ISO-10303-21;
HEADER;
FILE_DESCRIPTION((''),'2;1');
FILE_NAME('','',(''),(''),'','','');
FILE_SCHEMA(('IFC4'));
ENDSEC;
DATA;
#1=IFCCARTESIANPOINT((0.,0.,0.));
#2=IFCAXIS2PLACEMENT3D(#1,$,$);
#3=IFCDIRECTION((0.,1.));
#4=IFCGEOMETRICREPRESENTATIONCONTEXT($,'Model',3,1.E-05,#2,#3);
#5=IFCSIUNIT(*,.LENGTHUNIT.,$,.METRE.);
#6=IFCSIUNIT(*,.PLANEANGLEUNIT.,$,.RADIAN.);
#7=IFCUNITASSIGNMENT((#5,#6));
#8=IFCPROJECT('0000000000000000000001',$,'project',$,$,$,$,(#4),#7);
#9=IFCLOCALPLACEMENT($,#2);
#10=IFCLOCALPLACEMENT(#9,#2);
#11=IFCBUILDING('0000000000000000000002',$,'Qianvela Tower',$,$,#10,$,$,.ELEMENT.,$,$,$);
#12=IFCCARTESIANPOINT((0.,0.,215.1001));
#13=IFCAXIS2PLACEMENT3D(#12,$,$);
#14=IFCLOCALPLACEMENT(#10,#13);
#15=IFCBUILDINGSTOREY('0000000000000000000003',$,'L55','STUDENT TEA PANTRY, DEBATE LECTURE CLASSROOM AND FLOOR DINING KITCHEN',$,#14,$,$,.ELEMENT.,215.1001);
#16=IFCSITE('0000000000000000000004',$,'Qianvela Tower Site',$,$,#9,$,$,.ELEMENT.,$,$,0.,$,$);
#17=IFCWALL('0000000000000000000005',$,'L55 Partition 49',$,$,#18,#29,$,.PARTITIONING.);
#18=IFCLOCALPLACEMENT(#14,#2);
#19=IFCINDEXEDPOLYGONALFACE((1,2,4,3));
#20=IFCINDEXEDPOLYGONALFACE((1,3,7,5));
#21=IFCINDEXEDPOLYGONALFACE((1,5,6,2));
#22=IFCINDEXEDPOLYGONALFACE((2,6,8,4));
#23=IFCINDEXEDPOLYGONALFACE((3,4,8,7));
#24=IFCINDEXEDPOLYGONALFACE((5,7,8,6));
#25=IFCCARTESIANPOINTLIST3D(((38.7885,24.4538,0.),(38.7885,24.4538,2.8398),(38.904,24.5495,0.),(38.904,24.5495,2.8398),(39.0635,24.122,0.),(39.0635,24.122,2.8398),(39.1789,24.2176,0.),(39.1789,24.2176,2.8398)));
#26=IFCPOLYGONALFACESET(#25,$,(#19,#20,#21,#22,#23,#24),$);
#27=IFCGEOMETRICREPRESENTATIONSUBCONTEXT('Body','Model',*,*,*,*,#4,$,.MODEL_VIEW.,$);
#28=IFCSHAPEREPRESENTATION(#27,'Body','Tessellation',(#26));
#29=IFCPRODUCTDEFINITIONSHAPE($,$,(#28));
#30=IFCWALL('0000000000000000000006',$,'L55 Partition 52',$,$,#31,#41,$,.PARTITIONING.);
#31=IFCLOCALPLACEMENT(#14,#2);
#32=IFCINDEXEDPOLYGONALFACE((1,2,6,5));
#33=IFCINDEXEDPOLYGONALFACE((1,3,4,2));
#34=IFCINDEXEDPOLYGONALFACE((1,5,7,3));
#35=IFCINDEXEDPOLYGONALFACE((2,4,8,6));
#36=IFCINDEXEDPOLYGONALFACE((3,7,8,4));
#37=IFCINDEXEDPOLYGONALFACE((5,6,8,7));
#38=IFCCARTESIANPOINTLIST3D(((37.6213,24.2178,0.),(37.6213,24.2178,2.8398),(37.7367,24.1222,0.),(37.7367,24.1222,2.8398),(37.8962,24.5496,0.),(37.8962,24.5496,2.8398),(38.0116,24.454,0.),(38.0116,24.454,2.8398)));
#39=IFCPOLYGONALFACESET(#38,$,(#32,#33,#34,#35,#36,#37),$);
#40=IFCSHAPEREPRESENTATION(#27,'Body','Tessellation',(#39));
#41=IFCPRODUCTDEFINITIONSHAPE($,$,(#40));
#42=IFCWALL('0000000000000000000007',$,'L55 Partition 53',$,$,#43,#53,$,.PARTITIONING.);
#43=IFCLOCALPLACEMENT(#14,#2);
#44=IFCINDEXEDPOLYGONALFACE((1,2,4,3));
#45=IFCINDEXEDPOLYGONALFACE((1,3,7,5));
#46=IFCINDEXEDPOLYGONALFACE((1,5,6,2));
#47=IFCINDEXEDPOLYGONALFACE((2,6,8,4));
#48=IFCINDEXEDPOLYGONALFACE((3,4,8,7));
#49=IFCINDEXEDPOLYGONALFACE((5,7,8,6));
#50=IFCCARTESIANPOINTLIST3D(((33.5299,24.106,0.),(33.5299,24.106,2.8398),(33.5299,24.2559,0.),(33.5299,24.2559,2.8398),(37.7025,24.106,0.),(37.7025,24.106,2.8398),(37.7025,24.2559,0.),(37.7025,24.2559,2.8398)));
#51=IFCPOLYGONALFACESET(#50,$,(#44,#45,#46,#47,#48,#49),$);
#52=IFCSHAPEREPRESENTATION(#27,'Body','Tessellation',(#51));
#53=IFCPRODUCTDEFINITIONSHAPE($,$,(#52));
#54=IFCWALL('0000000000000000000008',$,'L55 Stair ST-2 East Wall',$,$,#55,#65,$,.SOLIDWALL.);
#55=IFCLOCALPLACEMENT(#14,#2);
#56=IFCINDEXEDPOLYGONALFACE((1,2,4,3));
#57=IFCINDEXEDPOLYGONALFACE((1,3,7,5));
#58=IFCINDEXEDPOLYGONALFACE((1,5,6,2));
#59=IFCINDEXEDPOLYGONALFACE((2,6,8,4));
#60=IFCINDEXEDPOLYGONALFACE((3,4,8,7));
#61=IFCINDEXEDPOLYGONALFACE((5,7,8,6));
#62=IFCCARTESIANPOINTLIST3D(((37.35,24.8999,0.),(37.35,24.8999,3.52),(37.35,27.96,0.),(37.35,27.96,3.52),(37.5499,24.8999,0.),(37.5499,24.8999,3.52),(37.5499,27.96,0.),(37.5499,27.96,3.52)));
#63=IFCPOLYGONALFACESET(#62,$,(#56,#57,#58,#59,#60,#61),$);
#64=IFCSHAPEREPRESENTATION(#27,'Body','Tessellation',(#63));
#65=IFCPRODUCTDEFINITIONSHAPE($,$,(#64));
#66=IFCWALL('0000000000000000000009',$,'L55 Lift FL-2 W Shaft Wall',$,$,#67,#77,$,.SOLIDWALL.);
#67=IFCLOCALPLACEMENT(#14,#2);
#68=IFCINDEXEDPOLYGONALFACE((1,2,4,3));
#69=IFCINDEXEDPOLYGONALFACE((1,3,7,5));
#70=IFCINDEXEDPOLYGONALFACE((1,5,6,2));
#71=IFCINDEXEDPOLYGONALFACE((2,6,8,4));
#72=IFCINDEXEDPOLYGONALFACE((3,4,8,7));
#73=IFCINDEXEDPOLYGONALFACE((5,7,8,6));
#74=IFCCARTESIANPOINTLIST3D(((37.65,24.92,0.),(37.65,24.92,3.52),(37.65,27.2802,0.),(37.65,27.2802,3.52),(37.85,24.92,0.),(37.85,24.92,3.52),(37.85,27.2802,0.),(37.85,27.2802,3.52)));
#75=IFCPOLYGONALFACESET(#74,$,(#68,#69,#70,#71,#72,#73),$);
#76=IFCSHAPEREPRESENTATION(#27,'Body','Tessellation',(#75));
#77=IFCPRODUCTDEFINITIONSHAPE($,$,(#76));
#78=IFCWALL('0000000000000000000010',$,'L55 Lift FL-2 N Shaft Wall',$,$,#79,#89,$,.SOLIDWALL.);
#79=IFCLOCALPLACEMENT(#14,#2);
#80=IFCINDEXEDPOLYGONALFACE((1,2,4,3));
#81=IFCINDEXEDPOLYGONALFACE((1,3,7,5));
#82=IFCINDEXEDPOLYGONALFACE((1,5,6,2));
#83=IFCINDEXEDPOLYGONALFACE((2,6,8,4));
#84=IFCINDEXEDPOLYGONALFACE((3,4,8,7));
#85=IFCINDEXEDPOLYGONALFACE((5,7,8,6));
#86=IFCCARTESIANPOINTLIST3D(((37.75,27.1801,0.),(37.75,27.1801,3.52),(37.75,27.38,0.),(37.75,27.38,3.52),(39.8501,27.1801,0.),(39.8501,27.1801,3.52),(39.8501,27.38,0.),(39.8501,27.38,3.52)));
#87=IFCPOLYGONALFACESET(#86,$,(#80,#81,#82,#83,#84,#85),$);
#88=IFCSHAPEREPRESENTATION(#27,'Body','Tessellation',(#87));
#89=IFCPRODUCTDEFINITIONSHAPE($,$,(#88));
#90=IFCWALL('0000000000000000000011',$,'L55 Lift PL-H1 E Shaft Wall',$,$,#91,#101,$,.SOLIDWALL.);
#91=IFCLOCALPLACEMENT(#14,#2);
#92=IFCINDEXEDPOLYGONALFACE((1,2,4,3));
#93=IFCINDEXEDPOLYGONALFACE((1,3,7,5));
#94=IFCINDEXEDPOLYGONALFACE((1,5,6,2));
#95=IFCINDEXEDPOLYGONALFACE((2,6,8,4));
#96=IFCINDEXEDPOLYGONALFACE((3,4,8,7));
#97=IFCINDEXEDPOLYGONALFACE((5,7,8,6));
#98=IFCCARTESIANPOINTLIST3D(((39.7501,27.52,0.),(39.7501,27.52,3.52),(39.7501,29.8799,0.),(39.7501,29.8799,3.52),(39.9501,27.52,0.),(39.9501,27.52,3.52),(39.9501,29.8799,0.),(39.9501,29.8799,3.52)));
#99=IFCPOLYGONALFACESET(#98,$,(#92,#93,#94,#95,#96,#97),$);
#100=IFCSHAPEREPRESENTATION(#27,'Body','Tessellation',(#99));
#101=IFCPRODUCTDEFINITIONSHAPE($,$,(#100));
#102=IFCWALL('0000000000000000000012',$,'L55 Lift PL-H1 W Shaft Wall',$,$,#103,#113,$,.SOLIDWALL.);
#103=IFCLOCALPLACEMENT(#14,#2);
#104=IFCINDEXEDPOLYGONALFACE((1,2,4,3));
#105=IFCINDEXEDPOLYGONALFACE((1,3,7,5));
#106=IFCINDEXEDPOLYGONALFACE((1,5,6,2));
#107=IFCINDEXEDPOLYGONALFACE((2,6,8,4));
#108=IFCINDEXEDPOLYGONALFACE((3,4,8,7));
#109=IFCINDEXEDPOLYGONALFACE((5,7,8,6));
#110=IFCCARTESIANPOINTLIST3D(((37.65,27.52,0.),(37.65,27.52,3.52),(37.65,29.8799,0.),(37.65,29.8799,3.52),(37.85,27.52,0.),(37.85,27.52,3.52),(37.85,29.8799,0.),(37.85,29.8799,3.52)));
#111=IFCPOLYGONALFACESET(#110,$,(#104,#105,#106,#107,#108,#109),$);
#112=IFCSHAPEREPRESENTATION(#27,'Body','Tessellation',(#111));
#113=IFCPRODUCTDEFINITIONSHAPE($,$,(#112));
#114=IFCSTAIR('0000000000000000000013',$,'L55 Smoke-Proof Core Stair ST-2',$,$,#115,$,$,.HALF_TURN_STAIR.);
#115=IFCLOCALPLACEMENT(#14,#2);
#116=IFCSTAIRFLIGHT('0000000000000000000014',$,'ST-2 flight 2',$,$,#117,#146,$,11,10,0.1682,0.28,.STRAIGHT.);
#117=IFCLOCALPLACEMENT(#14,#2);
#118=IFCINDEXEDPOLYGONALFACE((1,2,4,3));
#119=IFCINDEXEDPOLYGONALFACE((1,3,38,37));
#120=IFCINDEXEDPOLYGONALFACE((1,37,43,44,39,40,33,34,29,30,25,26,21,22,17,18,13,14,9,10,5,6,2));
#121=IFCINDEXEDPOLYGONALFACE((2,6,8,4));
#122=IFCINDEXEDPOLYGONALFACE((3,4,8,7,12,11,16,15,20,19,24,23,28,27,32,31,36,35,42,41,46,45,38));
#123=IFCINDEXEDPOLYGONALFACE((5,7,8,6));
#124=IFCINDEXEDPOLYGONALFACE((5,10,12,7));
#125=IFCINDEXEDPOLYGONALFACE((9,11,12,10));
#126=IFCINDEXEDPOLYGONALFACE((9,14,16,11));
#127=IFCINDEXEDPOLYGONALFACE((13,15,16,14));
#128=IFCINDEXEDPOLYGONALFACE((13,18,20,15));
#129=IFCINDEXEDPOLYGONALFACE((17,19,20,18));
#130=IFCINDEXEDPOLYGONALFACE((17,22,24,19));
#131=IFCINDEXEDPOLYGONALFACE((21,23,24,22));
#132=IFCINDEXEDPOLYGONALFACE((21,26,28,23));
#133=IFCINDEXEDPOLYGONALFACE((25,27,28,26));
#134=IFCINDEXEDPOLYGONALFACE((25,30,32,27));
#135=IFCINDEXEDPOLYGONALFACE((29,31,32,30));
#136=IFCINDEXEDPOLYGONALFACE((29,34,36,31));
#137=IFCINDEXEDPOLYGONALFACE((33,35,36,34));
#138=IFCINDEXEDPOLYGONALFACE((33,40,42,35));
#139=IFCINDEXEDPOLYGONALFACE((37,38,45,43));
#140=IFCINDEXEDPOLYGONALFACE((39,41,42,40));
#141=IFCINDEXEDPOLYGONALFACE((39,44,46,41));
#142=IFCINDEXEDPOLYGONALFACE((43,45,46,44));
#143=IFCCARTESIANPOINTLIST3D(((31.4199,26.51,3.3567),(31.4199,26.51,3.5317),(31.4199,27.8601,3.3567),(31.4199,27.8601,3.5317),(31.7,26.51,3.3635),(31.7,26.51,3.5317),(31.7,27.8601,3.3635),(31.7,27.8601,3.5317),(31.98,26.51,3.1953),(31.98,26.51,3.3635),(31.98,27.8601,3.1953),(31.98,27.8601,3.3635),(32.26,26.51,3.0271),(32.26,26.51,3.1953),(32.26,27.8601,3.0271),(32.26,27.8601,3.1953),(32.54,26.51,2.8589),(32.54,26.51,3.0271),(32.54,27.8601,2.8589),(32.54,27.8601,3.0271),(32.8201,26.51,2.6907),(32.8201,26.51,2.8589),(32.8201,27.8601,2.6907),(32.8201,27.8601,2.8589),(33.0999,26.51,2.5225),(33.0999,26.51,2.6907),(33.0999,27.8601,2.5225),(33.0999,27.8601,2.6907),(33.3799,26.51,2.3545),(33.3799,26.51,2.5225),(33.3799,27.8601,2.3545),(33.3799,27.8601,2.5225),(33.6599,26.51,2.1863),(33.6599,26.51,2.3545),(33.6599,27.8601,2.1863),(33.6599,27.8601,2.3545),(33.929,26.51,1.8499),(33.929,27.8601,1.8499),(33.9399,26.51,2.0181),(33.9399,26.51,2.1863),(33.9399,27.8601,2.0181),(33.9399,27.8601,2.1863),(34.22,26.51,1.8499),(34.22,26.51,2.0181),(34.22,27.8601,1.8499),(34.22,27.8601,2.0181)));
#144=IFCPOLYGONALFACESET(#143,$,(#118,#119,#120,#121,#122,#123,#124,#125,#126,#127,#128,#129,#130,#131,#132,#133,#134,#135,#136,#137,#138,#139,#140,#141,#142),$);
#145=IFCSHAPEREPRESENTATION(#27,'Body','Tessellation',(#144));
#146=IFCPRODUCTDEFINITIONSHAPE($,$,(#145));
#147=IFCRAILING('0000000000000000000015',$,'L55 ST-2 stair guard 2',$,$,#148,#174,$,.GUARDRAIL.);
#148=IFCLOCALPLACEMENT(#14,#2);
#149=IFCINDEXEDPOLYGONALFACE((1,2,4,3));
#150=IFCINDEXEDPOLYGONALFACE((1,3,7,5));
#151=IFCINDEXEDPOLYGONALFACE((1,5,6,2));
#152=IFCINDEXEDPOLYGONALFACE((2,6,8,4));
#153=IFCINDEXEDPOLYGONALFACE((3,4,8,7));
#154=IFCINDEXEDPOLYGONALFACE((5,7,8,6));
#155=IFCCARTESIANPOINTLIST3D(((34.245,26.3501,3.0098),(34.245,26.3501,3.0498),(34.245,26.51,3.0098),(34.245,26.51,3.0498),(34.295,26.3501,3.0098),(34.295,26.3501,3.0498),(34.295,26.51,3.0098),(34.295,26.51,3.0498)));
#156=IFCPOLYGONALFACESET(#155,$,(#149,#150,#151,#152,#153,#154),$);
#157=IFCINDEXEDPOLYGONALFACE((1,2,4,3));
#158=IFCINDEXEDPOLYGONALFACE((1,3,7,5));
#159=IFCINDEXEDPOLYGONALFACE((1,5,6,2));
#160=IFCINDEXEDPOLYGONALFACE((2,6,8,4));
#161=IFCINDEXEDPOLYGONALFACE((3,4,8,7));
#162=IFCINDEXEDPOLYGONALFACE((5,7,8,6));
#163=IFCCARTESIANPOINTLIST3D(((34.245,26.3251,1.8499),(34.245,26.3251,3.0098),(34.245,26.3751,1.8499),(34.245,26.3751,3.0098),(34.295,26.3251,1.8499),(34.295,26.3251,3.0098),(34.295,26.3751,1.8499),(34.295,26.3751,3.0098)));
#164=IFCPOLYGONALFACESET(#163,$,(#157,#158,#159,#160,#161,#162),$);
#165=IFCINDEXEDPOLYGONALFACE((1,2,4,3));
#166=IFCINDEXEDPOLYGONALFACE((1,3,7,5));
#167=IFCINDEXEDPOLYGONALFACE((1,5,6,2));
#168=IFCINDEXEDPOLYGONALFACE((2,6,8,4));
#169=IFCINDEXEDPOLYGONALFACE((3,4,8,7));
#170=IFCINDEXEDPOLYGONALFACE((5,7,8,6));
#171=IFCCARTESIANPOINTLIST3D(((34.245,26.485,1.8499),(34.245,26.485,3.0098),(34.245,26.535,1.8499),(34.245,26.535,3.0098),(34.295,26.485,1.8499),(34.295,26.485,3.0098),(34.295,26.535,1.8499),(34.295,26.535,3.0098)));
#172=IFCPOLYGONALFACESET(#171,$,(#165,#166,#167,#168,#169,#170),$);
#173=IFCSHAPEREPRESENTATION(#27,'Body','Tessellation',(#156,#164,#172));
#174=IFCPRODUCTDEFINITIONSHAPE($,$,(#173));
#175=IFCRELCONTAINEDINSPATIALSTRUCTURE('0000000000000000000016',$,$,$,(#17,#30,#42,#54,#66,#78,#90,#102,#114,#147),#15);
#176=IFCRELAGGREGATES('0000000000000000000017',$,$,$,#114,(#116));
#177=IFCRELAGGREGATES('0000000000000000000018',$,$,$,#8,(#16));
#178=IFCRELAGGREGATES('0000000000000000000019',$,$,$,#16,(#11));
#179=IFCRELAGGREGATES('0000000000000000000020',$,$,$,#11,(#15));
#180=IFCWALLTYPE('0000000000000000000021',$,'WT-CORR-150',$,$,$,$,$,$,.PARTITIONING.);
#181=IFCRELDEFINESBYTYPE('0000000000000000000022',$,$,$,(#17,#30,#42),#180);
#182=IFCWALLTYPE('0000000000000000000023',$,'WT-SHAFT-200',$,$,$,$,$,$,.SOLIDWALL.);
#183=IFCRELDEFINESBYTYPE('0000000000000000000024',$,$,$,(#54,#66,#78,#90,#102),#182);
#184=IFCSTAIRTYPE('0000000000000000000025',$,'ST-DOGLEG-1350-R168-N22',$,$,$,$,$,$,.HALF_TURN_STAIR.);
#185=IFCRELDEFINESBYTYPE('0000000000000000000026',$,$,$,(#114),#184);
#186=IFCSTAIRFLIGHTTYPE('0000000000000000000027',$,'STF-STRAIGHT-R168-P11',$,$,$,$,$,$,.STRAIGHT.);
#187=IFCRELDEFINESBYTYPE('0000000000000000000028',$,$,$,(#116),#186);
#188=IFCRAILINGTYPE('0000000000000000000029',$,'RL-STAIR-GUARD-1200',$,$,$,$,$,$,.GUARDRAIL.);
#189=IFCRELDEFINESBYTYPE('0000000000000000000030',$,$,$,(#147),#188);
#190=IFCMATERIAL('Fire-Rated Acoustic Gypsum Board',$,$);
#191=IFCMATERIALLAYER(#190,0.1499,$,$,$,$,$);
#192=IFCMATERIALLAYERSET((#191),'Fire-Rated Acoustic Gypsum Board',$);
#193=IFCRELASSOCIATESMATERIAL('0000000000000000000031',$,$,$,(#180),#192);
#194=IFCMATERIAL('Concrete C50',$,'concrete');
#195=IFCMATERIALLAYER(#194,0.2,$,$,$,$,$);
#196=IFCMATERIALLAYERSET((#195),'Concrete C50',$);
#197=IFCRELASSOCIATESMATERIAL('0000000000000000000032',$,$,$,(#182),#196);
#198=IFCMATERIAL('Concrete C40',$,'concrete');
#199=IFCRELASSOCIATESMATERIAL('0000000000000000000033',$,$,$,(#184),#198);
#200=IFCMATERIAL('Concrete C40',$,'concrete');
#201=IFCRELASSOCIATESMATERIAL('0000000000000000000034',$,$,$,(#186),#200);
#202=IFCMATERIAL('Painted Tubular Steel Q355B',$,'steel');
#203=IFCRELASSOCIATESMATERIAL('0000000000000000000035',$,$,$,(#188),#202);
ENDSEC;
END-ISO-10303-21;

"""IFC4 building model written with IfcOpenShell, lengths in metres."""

from ifc_helpers import new_model, si_unit, direction, frame, frame_2d, origin, origin_2d, place, context, subcontext, project, spatial, polyline, rectangle, outline, extrude, material, layer, layer_set, type_object, element, aggregate, save


model = new_model("IFC4")

# Units and contexts
model_context = context("Model", 3, precision=1e-05, world=origin(), true_north=direction((0.0, 1.0)))
body_context = subcontext(model_context, "Body", "Model", "MODEL_VIEW")
ifc_project = project(units=[si_unit("LENGTHUNIT", "METRE"), si_unit("PLANEANGLEUNIT", "RADIAN")], contexts=[model_context])

# Site, building, storey
site_placement = place(None, origin())
site = spatial("IfcSite", under=ifc_project, at=site_placement, Name="Qianvela Tower Site", CompositionType="ELEMENT", RefElevation=0.0)
building_placement = place(site_placement, origin())
building = spatial("IfcBuilding", under=site, at=building_placement, Name="Qianvela Tower", CompositionType="ELEMENT")
storey_placement = place(building_placement, frame((0.0, 0.0, 215.1001)))
storey = spatial("IfcBuildingStorey", under=building, at=storey_placement, Name="L55", Description="STUDENT TEA PANTRY, DEBATE LECTURE CLASSROOM AND FLOOR DINING KITCHEN", CompositionType="ELEMENT", Elevation=215.1001)

# Walls
ifc_material_1 = material(Name="Fire-Rated Acoustic Gypsum Board")
ifc_layer_1 = layer(ifc_material_1, 0.1499)
ifc_layer_set_1 = layer_set([ifc_layer_1], Name="Fire-Rated Acoustic Gypsum Board")
wall_type_1 = type_object("IfcWallType", Name="WT-CORR-150", PredefinedType="PARTITIONING", material=ifc_layer_set_1)
for number, where, z_axis, x_axis, name in (
    (1, (39.1211, 24.1699, 0.0), (0.0, 0.0, 1.0), (-0.638008, 0.77003, 0.0), "L55 Partition 49"),
    (2, (37.9539, 24.5017, 0.0), (0.0, 0.0, 1.0), (-0.638008, -0.77003, 0.0), "L55 Partition 52"),
):
    element("IfcWall", number, at=place(storey_placement, frame(where, z_axis=z_axis, x_axis=x_axis)), inside=storey, type_object=wall_type_1, Name=name, PredefinedType="PARTITIONING", context=body_context, shape_type="SweptSolid", body=[
        extrude(rectangle(XDim=0.4309, YDim=0.1499, at=frame_2d((0.2153, 0.0))), origin(), (0.0, 0.0, 1.0), 2.8398),
    ])
wall_1_placement = place(storey_placement, frame((37.7026, 24.1809, 0.0), z_axis=(0.0, 0.0, 1.0), x_axis=(-1.0, 0.0, 0.0)))
element("IfcWall", 3, at=wall_1_placement, inside=storey, type_object=wall_type_1, Name="L55 Partition 53", PredefinedType="PARTITIONING", context=body_context, shape_type="SweptSolid", body=[
    extrude(rectangle(XDim=4.1726, YDim=0.1499, at=frame_2d((2.0864, 0.0))), origin(), (0.0, 0.0, 1.0), 2.8398),
])
ifc_material_2 = material(Name="Concrete C50", Category="concrete")
ifc_layer_2 = layer(ifc_material_2, 0.2)
ifc_layer_set_2 = layer_set([ifc_layer_2], Name="Concrete C50")
wall_type_2 = type_object("IfcWallType", Name="WT-SHAFT-200", PredefinedType="SOLIDWALL", material=ifc_layer_set_2)
wall_2_placement = place(storey_placement, frame((37.45, 24.8999, 0.0), z_axis=(0.0, 0.0, 1.0), x_axis=(0.0, 1.0, 0.0)))
element("IfcWall", 4, at=wall_2_placement, inside=storey, type_object=wall_type_2, Name="L55 Stair ST-2 East Wall", PredefinedType="SOLIDWALL", context=body_context, shape_type="SweptSolid", body=[
    extrude(rectangle(XDim=3.0601, YDim=0.2, at=frame_2d((1.53, 0.0))), origin(), (0.0, 0.0, 1.0), 3.52),
])

# Walls
wall_3_placement = place(storey_placement, frame((37.75, 24.9199, 0.0), z_axis=(0.0, 0.0, 1.0), x_axis=(0.0, 1.0, 0.0)))
element("IfcWall", 5, at=wall_3_placement, inside=storey, type_object=wall_type_2, Name="L55 Lift FL-2 W Shaft Wall", PredefinedType="SOLIDWALL", context=body_context, shape_type="SweptSolid", body=[
    extrude(rectangle(XDim=2.3601, YDim=0.2, at=frame_2d((1.1802, 0.0))), origin(), (0.0, 0.0, 1.0), 3.52),
])
wall_4_placement = place(storey_placement, frame((37.75, 27.28, 0.0), z_axis=(0.0, 0.0, 1.0), x_axis=(1.0, 0.0, 0.0)))
element("IfcWall", 6, at=wall_4_placement, inside=storey, type_object=wall_type_2, Name="L55 Lift FL-2 N Shaft Wall", PredefinedType="SOLIDWALL", context=body_context, shape_type="SweptSolid", body=[
    extrude(rectangle(XDim=2.1001, YDim=0.2, at=frame_2d((1.05, 0.0))), origin(), (0.0, 0.0, 1.0), 3.52),
])
for number, where, z_axis, x_axis, name in (
    (7, (39.8501, 27.52, 0.0), (0.0, 0.0, 1.0), (0.0, 1.0, 0.0), "L55 Lift PL-H1 E Shaft Wall"),
    (8, (37.75, 27.52, 0.0), (0.0, 0.0, 1.0), (0.0, 1.0, 0.0), "L55 Lift PL-H1 W Shaft Wall"),
):
    element("IfcWall", number, at=place(storey_placement, frame(where, z_axis=z_axis, x_axis=x_axis)), inside=storey, type_object=wall_type_2, Name=name, PredefinedType="SOLIDWALL", context=body_context, shape_type="SweptSolid", body=[
        extrude(rectangle(XDim=2.3599, YDim=0.2, at=frame_2d((1.1799, 0.0))), origin(), (0.0, 0.0, 1.0), 3.52),
    ])

# Stair, stair flight
ifc_material_3 = material(Name="Concrete C40", Category="concrete")
stair_type = type_object("IfcStairType", Name="ST-DOGLEG-1350-R168-N22", PredefinedType="HALF_TURN_STAIR", material=ifc_material_3)
stair_placement = place(storey_placement, origin())
stair = element("IfcStair", 9, at=stair_placement, inside=storey, type_object=stair_type, Name="L55 Smoke-Proof Core Stair ST-2", PredefinedType="HALF_TURN_STAIR")
ifc_material_4 = material(Name="Concrete C40", Category="concrete")
stair_flight_type = type_object("IfcStairFlightType", Name="STF-STRAIGHT-R168-P11", PredefinedType="STRAIGHT", material=ifc_material_4)
stair_flight_placement = place(storey_placement, frame((34.22, 27.1851, 1.8499), z_axis=(0.0, 0.0, 1.0), x_axis=(-1.0, 0.0, 0.0)))
stair_flight = element("IfcStairFlight", 10, at=stair_flight_placement, type_object=stair_flight_type, Name="ST-2 flight 2", NumberOfRisers=11, NumberOfTreads=10, PredefinedType="STRAIGHT", RiserHeight=0.1682, TreadLength=0.28, context=body_context, shape_type="SweptSolid", body=[
    extrude(outline(polyline([(0.0, 0.0), (0.0, 0.1682), (0.28, 0.1682), (0.28, 0.3364), (0.5601, 0.3364), (0.5601, 0.5046), (0.8401, 0.5046), (0.8401, 0.6726), (1.1201, 0.6726), (1.1201, 0.8408), (1.3999, 0.8408), (1.3999, 1.009), (1.6799, 1.009), (1.6799, 1.1772), (1.96, 1.1772), (1.96, 1.3455), (2.24, 1.3455), (2.24, 1.5137), (2.52, 1.5137), (2.52, 1.6819), (2.8, 1.6819), (2.8, 1.8501), (2.8, 1.5068), (0.291, 0.0), (0.0, 0.0)])), frame((0.0, 0.675, 0.0), z_axis=(0.0, -1.0, 0.0), x_axis=(1.0, 0.0, 0.0)), (0.0, 0.0, 1.0), 1.3501),
])
aggregate(stair, [stair_flight])

# Railing
ifc_material_5 = material(Name="Painted Tubular Steel Q355B", Category="steel")
railing_type = type_object("IfcRailingType", Name="RL-STAIR-GUARD-1200", PredefinedType="GUARDRAIL", material=ifc_material_5)
railing_1_placement = place(storey_placement, frame((34.27, 26.3501, 1.8499)))
element("IfcRailing", 11, at=railing_1_placement, inside=storey, type_object=railing_type, Name="L55 ST-2 stair guard 2", PredefinedType="GUARDRAIL", context=body_context, shape_type="SweptSolid", body=[
    extrude(rectangle(XDim=0.05, YDim=0.04, at=origin_2d()), frame((0.0, 0.0, 1.1799), z_axis=(0.0, 1.0, 0.0), x_axis=(-1.0, 0.0, 0.0)), (0.0, 0.0, 1.0), 0.1599),
    extrude(rectangle(XDim=0.05, YDim=0.05, at=origin_2d()), origin(), (0.0, 0.0, 1.0), 1.1599),
    extrude(rectangle(XDim=0.05, YDim=0.05, at=origin_2d()), frame((0.0, 0.1599, 0.0)), (0.0, 0.0, 1.0), 1.1599),
])

save(model, "model.ifc")
